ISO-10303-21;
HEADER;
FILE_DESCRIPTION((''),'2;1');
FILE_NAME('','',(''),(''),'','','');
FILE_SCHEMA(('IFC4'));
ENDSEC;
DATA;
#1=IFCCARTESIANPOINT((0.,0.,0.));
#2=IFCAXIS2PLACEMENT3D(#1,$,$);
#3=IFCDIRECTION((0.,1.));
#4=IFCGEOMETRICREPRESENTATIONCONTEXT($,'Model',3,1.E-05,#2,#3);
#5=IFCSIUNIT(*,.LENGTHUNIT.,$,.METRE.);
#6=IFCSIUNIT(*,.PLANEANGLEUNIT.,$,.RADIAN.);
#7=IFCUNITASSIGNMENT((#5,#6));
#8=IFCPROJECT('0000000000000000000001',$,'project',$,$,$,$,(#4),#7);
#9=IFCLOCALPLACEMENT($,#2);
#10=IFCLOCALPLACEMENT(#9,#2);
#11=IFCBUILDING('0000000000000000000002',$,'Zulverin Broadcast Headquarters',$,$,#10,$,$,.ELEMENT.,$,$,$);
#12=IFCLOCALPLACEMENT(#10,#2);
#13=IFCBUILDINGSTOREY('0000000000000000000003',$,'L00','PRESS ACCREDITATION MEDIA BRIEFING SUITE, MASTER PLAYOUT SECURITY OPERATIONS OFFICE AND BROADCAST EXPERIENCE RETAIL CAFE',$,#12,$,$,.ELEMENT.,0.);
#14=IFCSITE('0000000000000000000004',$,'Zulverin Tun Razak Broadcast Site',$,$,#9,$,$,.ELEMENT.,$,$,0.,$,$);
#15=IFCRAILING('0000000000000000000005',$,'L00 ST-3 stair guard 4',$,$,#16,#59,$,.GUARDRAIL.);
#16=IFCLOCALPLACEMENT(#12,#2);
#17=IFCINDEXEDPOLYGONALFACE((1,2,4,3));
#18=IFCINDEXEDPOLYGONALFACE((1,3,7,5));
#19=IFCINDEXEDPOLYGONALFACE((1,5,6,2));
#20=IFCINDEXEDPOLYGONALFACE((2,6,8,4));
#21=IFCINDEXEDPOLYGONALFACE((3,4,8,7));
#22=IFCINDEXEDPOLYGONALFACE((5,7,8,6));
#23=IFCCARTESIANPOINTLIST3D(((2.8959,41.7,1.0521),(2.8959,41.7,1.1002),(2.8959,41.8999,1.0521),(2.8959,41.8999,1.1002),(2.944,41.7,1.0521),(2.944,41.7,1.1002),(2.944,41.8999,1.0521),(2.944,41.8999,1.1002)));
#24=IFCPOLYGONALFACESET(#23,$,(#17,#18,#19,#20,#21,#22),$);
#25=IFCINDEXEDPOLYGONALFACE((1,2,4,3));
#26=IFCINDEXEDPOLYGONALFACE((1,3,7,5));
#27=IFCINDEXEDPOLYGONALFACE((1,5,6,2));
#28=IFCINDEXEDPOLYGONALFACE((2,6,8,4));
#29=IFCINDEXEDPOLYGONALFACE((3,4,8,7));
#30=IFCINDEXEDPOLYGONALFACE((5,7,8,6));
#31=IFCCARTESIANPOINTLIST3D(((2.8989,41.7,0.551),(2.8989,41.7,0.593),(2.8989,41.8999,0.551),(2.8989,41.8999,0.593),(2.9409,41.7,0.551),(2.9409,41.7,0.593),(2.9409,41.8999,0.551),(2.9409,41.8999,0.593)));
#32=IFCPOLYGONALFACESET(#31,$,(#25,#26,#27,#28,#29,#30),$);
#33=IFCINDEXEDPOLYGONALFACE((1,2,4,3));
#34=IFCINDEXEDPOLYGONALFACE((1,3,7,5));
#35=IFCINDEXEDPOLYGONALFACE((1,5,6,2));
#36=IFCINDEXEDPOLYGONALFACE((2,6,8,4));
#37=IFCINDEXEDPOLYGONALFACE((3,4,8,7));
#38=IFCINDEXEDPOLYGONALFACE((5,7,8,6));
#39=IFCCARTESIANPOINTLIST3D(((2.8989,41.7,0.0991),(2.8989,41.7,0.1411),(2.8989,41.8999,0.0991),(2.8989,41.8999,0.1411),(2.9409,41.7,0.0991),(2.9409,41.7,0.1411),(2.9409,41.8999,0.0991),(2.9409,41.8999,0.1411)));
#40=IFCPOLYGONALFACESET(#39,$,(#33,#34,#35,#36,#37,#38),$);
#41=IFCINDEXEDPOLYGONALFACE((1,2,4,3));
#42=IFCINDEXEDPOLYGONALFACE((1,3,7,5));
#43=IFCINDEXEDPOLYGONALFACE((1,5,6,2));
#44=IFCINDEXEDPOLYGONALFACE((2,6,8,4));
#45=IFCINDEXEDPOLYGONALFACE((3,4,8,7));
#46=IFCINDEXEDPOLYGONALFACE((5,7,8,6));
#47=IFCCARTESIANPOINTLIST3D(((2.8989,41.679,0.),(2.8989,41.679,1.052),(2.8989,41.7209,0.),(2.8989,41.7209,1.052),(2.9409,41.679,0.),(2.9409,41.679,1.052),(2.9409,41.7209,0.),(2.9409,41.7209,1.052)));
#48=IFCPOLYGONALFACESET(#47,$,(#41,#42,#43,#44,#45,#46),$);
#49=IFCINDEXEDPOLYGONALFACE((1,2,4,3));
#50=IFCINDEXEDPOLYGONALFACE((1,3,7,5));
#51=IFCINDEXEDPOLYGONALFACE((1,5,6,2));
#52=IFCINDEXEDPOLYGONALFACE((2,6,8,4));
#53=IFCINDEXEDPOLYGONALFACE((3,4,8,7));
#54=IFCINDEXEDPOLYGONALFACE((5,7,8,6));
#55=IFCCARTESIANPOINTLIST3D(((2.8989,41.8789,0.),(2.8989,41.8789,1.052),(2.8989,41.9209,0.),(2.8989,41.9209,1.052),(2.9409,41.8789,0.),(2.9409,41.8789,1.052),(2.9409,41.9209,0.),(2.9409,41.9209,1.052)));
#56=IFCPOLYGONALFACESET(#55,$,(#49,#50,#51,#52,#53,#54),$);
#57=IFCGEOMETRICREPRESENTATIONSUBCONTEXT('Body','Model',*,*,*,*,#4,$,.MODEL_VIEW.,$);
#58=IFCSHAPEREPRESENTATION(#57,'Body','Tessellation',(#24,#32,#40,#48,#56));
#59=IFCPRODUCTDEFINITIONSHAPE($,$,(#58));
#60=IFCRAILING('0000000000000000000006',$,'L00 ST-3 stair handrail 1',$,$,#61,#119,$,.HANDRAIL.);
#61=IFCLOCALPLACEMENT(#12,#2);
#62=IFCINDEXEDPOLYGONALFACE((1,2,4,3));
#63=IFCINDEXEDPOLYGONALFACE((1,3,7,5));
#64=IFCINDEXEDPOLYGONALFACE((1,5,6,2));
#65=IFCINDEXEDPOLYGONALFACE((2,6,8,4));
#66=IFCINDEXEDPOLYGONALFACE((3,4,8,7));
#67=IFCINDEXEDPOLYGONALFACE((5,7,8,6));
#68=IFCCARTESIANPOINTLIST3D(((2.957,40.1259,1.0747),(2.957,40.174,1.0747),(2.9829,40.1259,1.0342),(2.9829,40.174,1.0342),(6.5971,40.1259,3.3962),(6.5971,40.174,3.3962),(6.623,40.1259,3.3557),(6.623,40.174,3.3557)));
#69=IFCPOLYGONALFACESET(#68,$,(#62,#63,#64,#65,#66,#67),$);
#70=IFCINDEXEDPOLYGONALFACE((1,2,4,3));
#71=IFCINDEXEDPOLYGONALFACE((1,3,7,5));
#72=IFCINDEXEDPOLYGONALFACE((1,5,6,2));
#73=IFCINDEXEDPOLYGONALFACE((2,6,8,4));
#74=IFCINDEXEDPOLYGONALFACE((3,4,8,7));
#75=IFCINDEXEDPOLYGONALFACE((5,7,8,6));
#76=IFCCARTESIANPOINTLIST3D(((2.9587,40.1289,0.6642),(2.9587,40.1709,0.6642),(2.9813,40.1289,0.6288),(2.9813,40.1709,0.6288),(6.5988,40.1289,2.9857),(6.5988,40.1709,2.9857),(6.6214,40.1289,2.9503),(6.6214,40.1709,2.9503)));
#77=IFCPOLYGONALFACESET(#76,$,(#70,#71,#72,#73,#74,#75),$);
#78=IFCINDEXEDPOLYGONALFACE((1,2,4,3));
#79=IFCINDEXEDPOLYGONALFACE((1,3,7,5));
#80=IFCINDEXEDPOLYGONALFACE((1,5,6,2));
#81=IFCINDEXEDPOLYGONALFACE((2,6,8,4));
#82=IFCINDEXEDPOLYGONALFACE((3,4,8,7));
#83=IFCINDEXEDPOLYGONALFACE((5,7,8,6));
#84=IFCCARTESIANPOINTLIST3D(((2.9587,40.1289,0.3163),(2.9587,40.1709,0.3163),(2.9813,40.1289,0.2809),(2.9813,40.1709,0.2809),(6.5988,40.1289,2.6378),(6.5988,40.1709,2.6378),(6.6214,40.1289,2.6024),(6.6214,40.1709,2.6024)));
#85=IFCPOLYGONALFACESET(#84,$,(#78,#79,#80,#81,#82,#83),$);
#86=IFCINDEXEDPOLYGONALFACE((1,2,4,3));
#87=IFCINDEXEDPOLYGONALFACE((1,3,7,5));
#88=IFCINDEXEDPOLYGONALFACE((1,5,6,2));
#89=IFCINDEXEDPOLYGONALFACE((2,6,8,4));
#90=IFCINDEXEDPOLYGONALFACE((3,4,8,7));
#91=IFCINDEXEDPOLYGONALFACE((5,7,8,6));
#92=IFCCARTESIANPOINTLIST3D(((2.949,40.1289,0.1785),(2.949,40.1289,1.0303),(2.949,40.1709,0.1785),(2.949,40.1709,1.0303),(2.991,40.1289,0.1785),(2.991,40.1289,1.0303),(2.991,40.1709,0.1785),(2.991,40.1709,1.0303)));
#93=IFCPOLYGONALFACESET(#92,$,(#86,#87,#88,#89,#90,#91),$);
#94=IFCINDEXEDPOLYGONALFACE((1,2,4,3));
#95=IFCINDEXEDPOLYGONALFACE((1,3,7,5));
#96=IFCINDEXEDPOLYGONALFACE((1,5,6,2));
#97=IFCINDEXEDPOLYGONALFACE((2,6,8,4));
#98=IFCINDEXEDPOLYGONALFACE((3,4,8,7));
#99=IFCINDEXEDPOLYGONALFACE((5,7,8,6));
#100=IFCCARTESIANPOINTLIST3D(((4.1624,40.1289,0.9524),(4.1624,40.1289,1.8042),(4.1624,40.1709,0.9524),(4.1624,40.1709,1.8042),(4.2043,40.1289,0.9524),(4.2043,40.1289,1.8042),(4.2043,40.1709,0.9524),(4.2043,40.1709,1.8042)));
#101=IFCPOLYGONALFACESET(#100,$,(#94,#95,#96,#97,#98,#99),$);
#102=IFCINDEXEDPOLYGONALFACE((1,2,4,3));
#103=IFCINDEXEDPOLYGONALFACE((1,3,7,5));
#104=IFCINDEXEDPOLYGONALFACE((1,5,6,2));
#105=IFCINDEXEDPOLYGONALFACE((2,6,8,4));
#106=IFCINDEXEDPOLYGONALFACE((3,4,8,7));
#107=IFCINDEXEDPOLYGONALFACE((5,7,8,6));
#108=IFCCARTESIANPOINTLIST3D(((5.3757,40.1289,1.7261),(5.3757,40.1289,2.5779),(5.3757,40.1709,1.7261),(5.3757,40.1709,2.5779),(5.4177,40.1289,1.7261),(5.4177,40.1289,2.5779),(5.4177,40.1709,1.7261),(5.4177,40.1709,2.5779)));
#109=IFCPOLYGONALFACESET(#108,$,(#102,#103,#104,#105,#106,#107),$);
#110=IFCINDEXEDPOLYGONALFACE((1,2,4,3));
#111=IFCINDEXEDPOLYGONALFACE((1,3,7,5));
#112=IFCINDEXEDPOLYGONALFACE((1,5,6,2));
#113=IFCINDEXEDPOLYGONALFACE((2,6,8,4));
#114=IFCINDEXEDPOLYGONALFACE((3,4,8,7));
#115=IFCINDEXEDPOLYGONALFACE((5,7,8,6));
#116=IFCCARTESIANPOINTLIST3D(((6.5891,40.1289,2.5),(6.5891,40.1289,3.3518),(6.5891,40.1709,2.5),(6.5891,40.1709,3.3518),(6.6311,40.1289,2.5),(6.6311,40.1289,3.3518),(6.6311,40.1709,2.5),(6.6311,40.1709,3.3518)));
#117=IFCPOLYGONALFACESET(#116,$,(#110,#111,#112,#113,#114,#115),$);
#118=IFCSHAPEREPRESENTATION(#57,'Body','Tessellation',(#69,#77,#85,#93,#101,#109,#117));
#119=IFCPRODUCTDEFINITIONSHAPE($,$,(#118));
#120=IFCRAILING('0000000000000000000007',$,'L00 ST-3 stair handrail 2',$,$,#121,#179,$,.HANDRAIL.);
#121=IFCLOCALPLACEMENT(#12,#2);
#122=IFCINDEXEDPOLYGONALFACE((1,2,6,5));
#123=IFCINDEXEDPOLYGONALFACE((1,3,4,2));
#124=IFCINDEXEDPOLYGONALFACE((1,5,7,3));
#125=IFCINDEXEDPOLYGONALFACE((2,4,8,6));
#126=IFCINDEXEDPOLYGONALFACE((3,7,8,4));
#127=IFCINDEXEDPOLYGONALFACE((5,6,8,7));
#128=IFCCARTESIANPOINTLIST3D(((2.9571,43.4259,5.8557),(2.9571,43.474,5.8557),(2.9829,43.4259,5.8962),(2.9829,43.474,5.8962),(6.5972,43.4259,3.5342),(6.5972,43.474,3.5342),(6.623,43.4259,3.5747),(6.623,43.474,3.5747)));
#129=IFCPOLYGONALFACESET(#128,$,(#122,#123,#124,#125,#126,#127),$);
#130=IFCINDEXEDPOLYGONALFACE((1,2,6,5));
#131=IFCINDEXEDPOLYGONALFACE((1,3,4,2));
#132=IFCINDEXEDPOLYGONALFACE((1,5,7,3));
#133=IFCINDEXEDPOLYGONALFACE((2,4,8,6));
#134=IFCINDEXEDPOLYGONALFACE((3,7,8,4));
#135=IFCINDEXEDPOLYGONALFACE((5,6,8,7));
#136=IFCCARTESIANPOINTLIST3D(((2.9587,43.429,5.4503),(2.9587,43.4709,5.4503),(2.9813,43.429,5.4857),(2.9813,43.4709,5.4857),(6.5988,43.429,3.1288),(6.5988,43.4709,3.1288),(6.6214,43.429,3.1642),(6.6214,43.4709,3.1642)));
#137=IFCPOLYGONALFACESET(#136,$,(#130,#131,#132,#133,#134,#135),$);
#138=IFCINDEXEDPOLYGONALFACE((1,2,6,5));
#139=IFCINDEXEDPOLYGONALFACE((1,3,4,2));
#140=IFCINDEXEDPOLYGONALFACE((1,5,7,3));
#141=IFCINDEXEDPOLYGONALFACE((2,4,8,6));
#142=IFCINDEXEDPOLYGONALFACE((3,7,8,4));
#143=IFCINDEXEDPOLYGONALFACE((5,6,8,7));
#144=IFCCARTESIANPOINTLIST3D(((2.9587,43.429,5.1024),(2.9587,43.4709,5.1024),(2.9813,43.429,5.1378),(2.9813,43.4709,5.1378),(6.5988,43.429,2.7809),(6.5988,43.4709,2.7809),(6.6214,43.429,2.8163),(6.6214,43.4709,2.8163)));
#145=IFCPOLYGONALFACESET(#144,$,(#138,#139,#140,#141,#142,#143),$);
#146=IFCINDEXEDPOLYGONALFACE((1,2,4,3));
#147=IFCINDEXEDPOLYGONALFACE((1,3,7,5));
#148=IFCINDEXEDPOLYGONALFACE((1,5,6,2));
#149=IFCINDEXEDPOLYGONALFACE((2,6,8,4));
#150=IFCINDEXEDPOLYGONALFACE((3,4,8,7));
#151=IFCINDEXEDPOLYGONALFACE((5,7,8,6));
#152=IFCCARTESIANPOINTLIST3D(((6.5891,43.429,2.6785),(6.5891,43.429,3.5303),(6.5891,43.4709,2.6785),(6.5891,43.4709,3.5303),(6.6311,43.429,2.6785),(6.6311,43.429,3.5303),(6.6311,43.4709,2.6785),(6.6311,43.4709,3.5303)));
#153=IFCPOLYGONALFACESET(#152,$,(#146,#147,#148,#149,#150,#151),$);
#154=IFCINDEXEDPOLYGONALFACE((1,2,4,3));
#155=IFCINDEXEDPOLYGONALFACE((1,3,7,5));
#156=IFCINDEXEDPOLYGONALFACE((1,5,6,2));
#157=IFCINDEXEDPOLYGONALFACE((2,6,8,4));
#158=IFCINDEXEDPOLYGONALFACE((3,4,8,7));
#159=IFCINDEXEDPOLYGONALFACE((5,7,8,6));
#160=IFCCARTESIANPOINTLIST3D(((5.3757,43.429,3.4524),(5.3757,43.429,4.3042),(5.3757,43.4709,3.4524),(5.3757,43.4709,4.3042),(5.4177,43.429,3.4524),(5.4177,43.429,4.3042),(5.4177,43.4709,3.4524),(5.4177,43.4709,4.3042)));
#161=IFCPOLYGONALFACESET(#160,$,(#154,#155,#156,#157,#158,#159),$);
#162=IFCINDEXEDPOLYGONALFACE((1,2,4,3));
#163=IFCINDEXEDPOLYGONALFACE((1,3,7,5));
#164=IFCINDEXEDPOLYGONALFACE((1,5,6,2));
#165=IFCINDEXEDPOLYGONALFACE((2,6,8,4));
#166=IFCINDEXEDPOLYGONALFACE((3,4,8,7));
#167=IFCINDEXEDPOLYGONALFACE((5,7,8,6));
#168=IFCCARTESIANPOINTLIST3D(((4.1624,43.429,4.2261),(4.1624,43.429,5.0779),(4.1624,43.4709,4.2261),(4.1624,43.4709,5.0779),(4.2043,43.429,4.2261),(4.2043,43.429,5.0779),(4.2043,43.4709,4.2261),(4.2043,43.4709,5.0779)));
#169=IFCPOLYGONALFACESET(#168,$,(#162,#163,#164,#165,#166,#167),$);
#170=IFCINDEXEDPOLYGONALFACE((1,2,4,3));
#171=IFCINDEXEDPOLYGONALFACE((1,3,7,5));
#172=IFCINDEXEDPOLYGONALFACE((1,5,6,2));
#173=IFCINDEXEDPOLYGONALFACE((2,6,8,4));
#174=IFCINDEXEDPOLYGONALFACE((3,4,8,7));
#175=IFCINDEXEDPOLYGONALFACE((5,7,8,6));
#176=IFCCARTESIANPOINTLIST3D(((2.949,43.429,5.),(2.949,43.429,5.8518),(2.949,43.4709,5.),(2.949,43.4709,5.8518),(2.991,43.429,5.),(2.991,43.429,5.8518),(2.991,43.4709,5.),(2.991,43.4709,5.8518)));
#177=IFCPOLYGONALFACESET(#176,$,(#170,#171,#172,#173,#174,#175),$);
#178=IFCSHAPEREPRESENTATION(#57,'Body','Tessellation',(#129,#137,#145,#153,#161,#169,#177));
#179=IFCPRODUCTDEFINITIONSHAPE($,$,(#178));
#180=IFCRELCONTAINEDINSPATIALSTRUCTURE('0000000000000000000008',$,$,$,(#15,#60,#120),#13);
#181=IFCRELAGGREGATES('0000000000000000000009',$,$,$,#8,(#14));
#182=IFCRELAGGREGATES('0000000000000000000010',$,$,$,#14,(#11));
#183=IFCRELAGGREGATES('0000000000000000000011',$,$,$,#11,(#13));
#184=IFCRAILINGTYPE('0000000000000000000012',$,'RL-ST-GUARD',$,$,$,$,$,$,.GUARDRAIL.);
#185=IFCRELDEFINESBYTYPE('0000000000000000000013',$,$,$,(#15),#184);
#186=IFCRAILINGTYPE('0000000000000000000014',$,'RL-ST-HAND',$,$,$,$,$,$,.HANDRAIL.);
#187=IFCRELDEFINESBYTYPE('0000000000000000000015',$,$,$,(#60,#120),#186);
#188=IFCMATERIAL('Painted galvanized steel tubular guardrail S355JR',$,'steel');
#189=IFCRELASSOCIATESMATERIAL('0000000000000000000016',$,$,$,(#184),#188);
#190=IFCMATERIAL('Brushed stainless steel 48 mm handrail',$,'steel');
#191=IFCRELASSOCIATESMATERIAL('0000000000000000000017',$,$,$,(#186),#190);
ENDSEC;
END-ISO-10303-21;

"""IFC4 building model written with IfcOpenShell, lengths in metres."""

from ifc_helpers import new_model, si_unit, direction, frame, origin, origin_2d, place, context, subcontext, project, spatial, rectangle, extrude, material, type_object, element, save


model = new_model("IFC4")

# Units and contexts
model_context = context("Model", 3, precision=1e-05, world=origin(), true_north=direction((0.0, 1.0)))
body_context = subcontext(model_context, "Body", "Model", "MODEL_VIEW")
ifc_project = project(units=[si_unit("LENGTHUNIT", "METRE"), si_unit("PLANEANGLEUNIT", "RADIAN")], contexts=[model_context])

# Site, building, storey
site_placement = place(None, origin())
site = spatial("IfcSite", under=ifc_project, at=site_placement, Name="Zulverin Tun Razak Broadcast Site", CompositionType="ELEMENT", RefElevation=0.0)
building_placement = place(site_placement, origin())
building = spatial("IfcBuilding", under=site, at=building_placement, Name="Zulverin Broadcast Headquarters", CompositionType="ELEMENT")
storey_placement = place(building_placement, origin())
storey = spatial("IfcBuildingStorey", under=building, at=storey_placement, Name="L00", Description="PRESS ACCREDITATION MEDIA BRIEFING SUITE, MASTER PLAYOUT SECURITY OPERATIONS OFFICE AND BROADCAST EXPERIENCE RETAIL CAFE", CompositionType="ELEMENT", Elevation=0.0)

# Railings
ifc_material_1 = material(Name="Painted galvanized steel tubular guardrail S355JR", Category="steel")
railing_type_1 = type_object("IfcRailingType", Name="RL-ST-GUARD", PredefinedType="GUARDRAIL", material=ifc_material_1)
railing_1_placement = place(storey_placement, frame((2.9199, 41.7, 0.0)))
element("IfcRailing", 1, at=railing_1_placement, inside=storey, type_object=railing_type_1, Name="L00 ST-3 stair guard 4", PredefinedType="GUARDRAIL", context=body_context, shape_type="SweptSolid", body=[
    extrude(rectangle(XDim=0.0481, YDim=0.0481, at=origin_2d()), frame((0.0, 0.0, 1.0762), z_axis=(0.0, 1.0, 0.0), x_axis=(-1.0, 0.0, 0.0)), (0.0, 0.0, 1.0), 0.2),
    extrude(rectangle(XDim=0.042, YDim=0.042, at=origin_2d()), frame((0.0, 0.0, 0.572), z_axis=(0.0, 1.0, 0.0), x_axis=(-1.0, 0.0, 0.0)), (0.0, 0.0, 1.0), 0.2),
    extrude(rectangle(XDim=0.042, YDim=0.042, at=origin_2d()), frame((0.0, 0.0, 0.1201), z_axis=(0.0, 1.0, 0.0), x_axis=(-1.0, 0.0, 0.0)), (0.0, 0.0, 1.0), 0.2),
    extrude(rectangle(XDim=0.042, YDim=0.042, at=origin_2d()), origin(), (0.0, 0.0, 1.0), 1.052),
    extrude(rectangle(XDim=0.042, YDim=0.042, at=origin_2d()), frame((0.0, 0.2, 0.0)), (0.0, 0.0, 1.0), 1.052),
])
ifc_material_2 = material(Name="Brushed stainless steel 48 mm handrail", Category="steel")
railing_type_2 = type_object("IfcRailingType", Name="RL-ST-HAND", PredefinedType="HANDRAIL", material=ifc_material_2)
railing_2_placement = place(storey_placement, frame((2.97, 40.1499, 0.1785)))
element("IfcRailing", 2, at=railing_2_placement, inside=storey, type_object=railing_type_2, Name="L00 ST-3 stair handrail 1", PredefinedType="HANDRAIL", context=body_context, shape_type="SweptSolid", body=[
    extrude(rectangle(XDim=0.0481, YDim=0.0481, at=origin_2d()), frame((0.0, 0.0, 0.876), z_axis=(0.843128, 0.0, 0.537713), x_axis=(0.0, 1.0, 0.0)), (0.0, 0.0, 1.0), 4.3174),
    extrude(rectangle(XDim=0.042, YDim=0.042, at=origin_2d()), frame((0.0, 0.0, 0.468), z_axis=(0.843128, 0.0, 0.537713), x_axis=(0.0, 1.0, 0.0)), (0.0, 0.0, 1.0), 4.3174),
    extrude(rectangle(XDim=0.042, YDim=0.042, at=origin_2d()), frame((0.0, 0.0, 0.1201), z_axis=(0.843128, 0.0, 0.537713), x_axis=(0.0, 1.0, 0.0)), (0.0, 0.0, 1.0), 4.3174),
    extrude(rectangle(XDim=0.042, YDim=0.042, at=origin_2d()), origin(), (0.0, 0.0, 1.0), 0.8518),
    extrude(rectangle(XDim=0.042, YDim=0.042, at=origin_2d()), frame((1.2134, 0.0, 0.7739)), (0.0, 0.0, 1.0), 0.8518),
    extrude(rectangle(XDim=0.042, YDim=0.042, at=origin_2d()), frame((2.4268, 0.0, 1.5476)), (0.0, 0.0, 1.0), 0.8518),
    extrude(rectangle(XDim=0.042, YDim=0.042, at=origin_2d()), frame((3.6401, 0.0, 2.3215)), (0.0, 0.0, 1.0), 0.8518),
])
railing_3_placement = place(storey_placement, frame((6.6101, 43.45, 2.6785)))
element("IfcRailing", 3, at=railing_3_placement, inside=storey, type_object=railing_type_2, Name="L00 ST-3 stair handrail 2", PredefinedType="HANDRAIL", context=body_context, shape_type="SweptSolid", body=[
    extrude(rectangle(XDim=0.0481, YDim=0.0481, at=origin_2d()), frame((0.0, 0.0, 0.876), z_axis=(-0.843128, 0.0, 0.537713), x_axis=(0.0, -1.0, 0.0)), (0.0, 0.0, 1.0), 4.3174),
    extrude(rectangle(XDim=0.042, YDim=0.042, at=origin_2d()), frame((0.0, 0.0, 0.468), z_axis=(-0.843128, 0.0, 0.537713), x_axis=(0.0, -1.0, 0.0)), (0.0, 0.0, 1.0), 4.3174),
    extrude(rectangle(XDim=0.042, YDim=0.042, at=origin_2d()), frame((0.0, 0.0, 0.1201), z_axis=(-0.843128, 0.0, 0.537713), x_axis=(0.0, -1.0, 0.0)), (0.0, 0.0, 1.0), 4.3174),
    extrude(rectangle(XDim=0.042, YDim=0.042, at=origin_2d()), origin(), (0.0, 0.0, 1.0), 0.8518),
    extrude(rectangle(XDim=0.042, YDim=0.042, at=origin_2d()), frame((-1.2134, 0.0, 0.7739)), (0.0, 0.0, 1.0), 0.8518),
    extrude(rectangle(XDim=0.042, YDim=0.042, at=origin_2d()), frame((-2.4268, 0.0, 1.5476)), (0.0, 0.0, 1.0), 0.8518),
    extrude(rectangle(XDim=0.042, YDim=0.042, at=origin_2d()), frame((-3.6401, 0.0, 2.3215)), (0.0, 0.0, 1.0), 0.8518),
])

save(model, "model.ifc")
